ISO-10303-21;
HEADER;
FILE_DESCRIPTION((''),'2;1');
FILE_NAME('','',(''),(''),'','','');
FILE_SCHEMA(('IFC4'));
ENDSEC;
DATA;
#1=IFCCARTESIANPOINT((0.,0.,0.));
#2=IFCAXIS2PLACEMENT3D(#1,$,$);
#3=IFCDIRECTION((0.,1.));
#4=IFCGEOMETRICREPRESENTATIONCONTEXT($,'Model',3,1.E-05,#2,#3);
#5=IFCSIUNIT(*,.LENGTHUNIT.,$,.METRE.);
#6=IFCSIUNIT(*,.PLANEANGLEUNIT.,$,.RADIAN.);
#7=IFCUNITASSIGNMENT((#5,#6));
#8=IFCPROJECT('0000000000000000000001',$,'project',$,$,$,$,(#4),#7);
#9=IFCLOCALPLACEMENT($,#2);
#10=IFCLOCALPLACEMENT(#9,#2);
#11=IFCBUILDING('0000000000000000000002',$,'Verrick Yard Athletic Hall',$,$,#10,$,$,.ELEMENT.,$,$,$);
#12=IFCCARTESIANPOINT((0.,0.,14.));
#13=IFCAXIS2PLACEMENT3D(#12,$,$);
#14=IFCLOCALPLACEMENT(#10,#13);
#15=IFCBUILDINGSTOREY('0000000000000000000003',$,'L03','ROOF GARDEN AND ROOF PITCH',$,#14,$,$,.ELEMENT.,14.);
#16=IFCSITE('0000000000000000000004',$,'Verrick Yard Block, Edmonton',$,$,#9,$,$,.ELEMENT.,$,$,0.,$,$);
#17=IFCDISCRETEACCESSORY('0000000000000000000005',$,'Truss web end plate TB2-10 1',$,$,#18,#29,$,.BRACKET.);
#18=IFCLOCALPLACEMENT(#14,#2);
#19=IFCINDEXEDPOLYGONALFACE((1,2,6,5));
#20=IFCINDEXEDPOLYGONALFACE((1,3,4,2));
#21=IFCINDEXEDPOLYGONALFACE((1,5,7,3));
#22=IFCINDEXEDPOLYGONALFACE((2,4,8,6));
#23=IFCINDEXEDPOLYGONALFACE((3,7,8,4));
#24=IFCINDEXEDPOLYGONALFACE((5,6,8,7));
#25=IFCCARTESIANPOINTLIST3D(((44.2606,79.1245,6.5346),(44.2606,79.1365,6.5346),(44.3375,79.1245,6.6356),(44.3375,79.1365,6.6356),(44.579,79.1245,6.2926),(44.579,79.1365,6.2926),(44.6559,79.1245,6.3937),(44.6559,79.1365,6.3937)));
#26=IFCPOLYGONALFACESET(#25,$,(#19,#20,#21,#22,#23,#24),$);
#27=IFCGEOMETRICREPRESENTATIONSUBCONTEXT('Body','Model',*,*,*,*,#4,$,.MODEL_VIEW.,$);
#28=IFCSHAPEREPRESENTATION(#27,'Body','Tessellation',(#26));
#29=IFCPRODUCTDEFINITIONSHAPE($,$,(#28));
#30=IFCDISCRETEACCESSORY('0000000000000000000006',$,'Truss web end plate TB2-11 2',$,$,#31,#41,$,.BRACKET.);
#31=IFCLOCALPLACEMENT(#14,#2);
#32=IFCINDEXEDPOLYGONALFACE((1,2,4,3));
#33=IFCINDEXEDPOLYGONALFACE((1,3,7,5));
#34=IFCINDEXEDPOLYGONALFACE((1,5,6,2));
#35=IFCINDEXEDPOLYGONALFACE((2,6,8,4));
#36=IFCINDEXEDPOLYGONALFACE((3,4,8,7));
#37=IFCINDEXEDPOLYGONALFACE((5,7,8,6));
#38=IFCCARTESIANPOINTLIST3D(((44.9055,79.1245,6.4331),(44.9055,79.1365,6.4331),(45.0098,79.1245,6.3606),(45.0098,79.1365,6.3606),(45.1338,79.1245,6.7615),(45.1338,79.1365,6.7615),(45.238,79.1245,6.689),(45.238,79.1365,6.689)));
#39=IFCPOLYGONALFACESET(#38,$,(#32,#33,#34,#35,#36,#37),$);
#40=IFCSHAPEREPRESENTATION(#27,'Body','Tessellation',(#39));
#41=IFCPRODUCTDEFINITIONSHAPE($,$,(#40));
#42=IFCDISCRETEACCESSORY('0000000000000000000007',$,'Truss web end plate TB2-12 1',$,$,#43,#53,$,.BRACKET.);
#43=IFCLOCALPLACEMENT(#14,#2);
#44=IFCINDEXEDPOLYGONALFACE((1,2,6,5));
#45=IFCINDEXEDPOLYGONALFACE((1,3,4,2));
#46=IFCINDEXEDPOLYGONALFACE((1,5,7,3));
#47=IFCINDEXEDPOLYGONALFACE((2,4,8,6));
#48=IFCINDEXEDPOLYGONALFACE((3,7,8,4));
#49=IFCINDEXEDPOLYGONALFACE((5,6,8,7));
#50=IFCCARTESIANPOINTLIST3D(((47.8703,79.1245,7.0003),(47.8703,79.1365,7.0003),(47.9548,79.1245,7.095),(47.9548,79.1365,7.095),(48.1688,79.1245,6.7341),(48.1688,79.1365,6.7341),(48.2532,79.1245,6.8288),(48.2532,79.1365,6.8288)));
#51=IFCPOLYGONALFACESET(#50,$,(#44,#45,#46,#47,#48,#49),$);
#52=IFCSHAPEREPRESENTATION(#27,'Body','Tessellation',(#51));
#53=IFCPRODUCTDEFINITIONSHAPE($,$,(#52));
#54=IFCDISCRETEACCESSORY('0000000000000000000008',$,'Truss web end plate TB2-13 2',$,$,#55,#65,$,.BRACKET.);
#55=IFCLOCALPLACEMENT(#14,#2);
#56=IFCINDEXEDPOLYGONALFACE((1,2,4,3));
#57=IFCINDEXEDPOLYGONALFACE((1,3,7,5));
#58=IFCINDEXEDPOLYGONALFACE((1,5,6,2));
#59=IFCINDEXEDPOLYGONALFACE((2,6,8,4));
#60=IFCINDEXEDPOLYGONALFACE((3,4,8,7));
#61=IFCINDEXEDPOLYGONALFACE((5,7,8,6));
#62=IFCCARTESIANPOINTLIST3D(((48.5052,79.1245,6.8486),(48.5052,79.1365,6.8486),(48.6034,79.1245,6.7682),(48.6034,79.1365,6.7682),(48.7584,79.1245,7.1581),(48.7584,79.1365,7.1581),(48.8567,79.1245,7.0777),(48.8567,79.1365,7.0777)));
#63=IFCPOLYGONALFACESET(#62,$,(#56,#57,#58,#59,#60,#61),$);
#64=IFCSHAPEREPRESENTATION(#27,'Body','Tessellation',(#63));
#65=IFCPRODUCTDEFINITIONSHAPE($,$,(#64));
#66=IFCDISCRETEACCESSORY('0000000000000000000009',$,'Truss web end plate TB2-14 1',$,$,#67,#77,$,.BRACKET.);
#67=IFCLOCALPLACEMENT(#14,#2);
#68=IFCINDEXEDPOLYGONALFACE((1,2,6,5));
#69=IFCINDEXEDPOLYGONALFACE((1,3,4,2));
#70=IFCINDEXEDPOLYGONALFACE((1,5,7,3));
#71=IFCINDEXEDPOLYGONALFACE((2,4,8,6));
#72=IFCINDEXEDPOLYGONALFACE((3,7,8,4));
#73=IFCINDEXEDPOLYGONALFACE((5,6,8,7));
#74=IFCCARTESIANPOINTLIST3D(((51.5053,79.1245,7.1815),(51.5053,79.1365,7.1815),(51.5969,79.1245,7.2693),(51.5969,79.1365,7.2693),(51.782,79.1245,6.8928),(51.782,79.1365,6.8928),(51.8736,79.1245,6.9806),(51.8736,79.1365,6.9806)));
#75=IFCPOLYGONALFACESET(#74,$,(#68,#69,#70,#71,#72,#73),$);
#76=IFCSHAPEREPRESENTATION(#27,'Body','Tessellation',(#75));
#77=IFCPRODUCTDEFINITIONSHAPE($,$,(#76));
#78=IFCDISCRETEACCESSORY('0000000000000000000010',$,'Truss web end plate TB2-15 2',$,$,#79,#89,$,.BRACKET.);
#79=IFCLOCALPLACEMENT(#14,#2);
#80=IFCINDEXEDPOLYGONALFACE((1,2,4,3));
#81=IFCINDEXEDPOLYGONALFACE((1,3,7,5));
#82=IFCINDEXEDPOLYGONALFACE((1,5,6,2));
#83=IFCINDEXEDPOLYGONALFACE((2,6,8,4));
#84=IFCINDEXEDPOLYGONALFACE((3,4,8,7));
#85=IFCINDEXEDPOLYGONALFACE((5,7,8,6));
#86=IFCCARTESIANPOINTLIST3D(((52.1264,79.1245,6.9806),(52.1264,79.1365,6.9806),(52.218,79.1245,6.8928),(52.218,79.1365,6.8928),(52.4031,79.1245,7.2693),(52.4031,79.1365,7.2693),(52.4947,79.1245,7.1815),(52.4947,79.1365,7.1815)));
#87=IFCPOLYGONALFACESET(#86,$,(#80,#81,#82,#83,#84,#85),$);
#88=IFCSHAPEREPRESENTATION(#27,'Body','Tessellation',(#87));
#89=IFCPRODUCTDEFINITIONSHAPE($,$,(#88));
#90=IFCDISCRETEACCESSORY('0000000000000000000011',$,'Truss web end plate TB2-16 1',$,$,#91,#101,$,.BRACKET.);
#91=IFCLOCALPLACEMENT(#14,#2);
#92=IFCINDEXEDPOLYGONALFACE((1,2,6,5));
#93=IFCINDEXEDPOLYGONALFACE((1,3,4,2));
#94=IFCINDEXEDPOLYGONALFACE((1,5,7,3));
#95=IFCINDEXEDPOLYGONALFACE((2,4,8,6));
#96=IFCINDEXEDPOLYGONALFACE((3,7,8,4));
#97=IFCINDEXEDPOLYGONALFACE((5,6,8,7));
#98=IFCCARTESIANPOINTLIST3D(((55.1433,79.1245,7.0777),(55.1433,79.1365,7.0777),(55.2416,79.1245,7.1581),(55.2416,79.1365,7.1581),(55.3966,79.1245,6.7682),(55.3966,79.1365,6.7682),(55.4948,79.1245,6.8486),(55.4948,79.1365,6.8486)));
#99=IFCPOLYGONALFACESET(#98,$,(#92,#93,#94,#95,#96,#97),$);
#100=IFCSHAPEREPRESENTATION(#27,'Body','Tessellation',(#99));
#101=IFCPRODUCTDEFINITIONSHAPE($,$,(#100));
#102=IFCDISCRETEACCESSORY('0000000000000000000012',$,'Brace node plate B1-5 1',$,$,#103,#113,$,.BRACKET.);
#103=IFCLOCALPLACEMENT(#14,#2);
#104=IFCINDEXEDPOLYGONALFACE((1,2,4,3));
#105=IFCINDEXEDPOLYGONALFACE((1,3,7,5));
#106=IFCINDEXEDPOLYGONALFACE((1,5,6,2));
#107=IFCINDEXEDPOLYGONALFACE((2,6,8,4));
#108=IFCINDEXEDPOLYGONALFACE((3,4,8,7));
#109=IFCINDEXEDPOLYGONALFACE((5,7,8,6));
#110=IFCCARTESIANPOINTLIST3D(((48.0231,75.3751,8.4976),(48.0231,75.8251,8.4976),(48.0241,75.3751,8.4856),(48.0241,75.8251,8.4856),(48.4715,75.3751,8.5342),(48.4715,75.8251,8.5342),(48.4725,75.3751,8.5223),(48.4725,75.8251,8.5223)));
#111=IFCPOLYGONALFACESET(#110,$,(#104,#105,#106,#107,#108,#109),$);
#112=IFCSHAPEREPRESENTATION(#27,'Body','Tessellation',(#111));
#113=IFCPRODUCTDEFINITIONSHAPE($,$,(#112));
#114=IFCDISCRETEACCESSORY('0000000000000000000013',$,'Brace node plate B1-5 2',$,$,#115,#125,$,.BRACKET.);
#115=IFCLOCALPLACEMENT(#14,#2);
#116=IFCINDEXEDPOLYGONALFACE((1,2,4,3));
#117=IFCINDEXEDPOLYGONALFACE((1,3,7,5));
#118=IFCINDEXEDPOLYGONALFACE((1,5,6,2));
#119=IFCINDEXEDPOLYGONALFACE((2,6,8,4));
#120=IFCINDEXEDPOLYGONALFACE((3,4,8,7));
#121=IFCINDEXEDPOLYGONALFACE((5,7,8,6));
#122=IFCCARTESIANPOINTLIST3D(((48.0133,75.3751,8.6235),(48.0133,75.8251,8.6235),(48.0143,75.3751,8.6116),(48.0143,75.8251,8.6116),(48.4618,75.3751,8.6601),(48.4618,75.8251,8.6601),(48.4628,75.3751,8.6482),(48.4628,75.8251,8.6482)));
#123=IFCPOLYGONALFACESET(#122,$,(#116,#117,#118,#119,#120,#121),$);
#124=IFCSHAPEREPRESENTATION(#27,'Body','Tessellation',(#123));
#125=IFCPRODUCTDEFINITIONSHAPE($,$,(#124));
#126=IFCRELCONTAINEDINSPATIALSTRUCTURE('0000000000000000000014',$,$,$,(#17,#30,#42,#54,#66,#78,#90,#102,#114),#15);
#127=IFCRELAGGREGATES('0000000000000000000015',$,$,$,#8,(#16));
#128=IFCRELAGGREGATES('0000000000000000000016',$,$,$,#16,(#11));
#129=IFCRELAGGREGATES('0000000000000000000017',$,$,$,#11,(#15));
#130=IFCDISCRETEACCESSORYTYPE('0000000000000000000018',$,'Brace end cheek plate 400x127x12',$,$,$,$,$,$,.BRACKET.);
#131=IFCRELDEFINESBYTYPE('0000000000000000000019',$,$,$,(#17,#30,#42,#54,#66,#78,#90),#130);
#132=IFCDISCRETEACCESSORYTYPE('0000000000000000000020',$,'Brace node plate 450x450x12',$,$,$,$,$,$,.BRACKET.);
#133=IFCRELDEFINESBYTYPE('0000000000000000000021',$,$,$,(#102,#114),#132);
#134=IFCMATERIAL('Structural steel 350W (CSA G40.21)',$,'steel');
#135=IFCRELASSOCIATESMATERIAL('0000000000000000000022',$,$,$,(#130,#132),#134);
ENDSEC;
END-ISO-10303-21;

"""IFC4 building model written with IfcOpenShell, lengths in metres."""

from ifc_helpers import new_model, si_unit, direction, frame, origin, origin_2d, place, context, subcontext, project, spatial, rectangle, extrude, material, material_profile, profile_set, type_object, element, save


model = new_model("IFC4")

# Units and contexts
model_context = context("Model", 3, precision=1e-05, world=origin(), true_north=direction((0.0, 1.0)))
body_context = subcontext(model_context, "Body", "Model", "MODEL_VIEW")
ifc_project = project(units=[si_unit("LENGTHUNIT", "METRE"), si_unit("PLANEANGLEUNIT", "RADIAN")], contexts=[model_context])

# Site, building, storey
site_placement = place(None, origin())
site = spatial("IfcSite", under=ifc_project, at=site_placement, Name="Verrick Yard Block, Edmonton", CompositionType="ELEMENT", RefElevation=0.0)
building_placement = place(site_placement, origin())
building = spatial("IfcBuilding", under=site, at=building_placement, Name="Verrick Yard Athletic Hall", CompositionType="ELEMENT")
storey_placement = place(building_placement, frame((0.0, 0.0, 14.0)))
storey = spatial("IfcBuildingStorey", under=building, at=storey_placement, Name="L03", Description="ROOF GARDEN AND ROOF PITCH", CompositionType="ELEMENT", Elevation=14.0)

# Discrete accessories
ifc_material_1 = material(Name="Structural steel 350W (CSA G40.21)", Category="steel")
ifc_material_profile_1 = material_profile(ifc_material_1, rectangle(XDim=0.3999, YDim=0.127, at=origin_2d()), Name="Brace end cheek plate")
ifc_profile_set_1 = profile_set([ifc_material_profile_1], Name="Structural steel 350W (CSA G40.21)")
discrete_accessory_type_1 = type_object("IfcDiscreteAccessoryType", Name="Brace end cheek plate 400x127x12", PredefinedType="BRACKET", material=ifc_profile_set_1)
for number, where, z_axis, x_axis, name in (
    (1, (44.4583, 79.1365, 6.4641), (0.0, -1.0, 0.0), (-0.796193, 0.0, 0.605042), "Truss web end plate TB2-10 1"),
    (2, (45.0718, 79.1365, 6.561), (0.0, -1.0, 0.0), (0.570674, 0.0, 0.821176), "Truss web end plate TB2-11 2"),
    (3, (48.0618, 79.1365, 6.9146), (0.0, -1.0, 0.0), (-0.746352, 0.0, 0.665551), "Truss web end plate TB2-12 1"),
    (4, (48.6809, 79.1365, 6.9631), (0.0, -1.0, 0.0), (0.633246, 0.0, 0.773951), "Truss web end plate TB2-13 2"),
    (5, (51.6895, 79.1365, 7.0811), (0.0, -1.0, 0.0), (-0.691925, 0.0, 0.721969), "Truss web end plate TB2-14 1"),
    (6, (52.3105, 79.1365, 7.0811), (0.0, -1.0, 0.0), (0.691925, 0.0, 0.721969), "Truss web end plate TB2-15 2"),
    (7, (55.3191, 79.1365, 6.9631), (0.0, -1.0, 0.0), (-0.633246, 0.0, 0.773951), "Truss web end plate TB2-16 1"),
):
    element("IfcDiscreteAccessory", number, at=place(storey_placement, frame(where, z_axis=z_axis, x_axis=x_axis)), inside=storey, type_object=discrete_accessory_type_1, Name=name, PredefinedType="BRACKET", context=body_context, shape_type="SweptSolid", body=[
        extrude(rectangle(XDim=0.3999, YDim=0.127, at=origin_2d()), origin(), (0.0, 0.0, 1.0), 0.012),
    ])
ifc_material_profile_2 = material_profile(ifc_material_1, rectangle(XDim=0.45, YDim=0.45, at=origin_2d()), Name="Brace node plate")
ifc_profile_set_2 = profile_set([ifc_material_profile_2], Name="Structural steel 350W (CSA G40.21)")
discrete_accessory_type_2 = type_object("IfcDiscreteAccessoryType", Name="Brace node plate 450x450x12", PredefinedType="BRACKET", material=ifc_profile_set_2)
for number, where, z_axis, x_axis, name in (
    (8, (48.2473, 75.6001, 8.5159), (0.081362, 0.0, -0.996685), (0.0, 1.0, 0.0), "Brace node plate B1-5 1"),
    (9, (48.2385, 75.6001, 8.6299), (-0.081362, 0.0, 0.996685), (0.0, -1.0, 0.0), "Brace node plate B1-5 2"),
):
    element("IfcDiscreteAccessory", number, at=place(storey_placement, frame(where, z_axis=z_axis, x_axis=x_axis)), inside=storey, type_object=discrete_accessory_type_2, Name=name, PredefinedType="BRACKET", context=body_context, shape_type="SweptSolid", body=[
        extrude(rectangle(XDim=0.45, YDim=0.45, at=origin_2d()), origin(), (0.0, 0.0, 1.0), 0.012),
    ])

save(model, "model.ifc")
